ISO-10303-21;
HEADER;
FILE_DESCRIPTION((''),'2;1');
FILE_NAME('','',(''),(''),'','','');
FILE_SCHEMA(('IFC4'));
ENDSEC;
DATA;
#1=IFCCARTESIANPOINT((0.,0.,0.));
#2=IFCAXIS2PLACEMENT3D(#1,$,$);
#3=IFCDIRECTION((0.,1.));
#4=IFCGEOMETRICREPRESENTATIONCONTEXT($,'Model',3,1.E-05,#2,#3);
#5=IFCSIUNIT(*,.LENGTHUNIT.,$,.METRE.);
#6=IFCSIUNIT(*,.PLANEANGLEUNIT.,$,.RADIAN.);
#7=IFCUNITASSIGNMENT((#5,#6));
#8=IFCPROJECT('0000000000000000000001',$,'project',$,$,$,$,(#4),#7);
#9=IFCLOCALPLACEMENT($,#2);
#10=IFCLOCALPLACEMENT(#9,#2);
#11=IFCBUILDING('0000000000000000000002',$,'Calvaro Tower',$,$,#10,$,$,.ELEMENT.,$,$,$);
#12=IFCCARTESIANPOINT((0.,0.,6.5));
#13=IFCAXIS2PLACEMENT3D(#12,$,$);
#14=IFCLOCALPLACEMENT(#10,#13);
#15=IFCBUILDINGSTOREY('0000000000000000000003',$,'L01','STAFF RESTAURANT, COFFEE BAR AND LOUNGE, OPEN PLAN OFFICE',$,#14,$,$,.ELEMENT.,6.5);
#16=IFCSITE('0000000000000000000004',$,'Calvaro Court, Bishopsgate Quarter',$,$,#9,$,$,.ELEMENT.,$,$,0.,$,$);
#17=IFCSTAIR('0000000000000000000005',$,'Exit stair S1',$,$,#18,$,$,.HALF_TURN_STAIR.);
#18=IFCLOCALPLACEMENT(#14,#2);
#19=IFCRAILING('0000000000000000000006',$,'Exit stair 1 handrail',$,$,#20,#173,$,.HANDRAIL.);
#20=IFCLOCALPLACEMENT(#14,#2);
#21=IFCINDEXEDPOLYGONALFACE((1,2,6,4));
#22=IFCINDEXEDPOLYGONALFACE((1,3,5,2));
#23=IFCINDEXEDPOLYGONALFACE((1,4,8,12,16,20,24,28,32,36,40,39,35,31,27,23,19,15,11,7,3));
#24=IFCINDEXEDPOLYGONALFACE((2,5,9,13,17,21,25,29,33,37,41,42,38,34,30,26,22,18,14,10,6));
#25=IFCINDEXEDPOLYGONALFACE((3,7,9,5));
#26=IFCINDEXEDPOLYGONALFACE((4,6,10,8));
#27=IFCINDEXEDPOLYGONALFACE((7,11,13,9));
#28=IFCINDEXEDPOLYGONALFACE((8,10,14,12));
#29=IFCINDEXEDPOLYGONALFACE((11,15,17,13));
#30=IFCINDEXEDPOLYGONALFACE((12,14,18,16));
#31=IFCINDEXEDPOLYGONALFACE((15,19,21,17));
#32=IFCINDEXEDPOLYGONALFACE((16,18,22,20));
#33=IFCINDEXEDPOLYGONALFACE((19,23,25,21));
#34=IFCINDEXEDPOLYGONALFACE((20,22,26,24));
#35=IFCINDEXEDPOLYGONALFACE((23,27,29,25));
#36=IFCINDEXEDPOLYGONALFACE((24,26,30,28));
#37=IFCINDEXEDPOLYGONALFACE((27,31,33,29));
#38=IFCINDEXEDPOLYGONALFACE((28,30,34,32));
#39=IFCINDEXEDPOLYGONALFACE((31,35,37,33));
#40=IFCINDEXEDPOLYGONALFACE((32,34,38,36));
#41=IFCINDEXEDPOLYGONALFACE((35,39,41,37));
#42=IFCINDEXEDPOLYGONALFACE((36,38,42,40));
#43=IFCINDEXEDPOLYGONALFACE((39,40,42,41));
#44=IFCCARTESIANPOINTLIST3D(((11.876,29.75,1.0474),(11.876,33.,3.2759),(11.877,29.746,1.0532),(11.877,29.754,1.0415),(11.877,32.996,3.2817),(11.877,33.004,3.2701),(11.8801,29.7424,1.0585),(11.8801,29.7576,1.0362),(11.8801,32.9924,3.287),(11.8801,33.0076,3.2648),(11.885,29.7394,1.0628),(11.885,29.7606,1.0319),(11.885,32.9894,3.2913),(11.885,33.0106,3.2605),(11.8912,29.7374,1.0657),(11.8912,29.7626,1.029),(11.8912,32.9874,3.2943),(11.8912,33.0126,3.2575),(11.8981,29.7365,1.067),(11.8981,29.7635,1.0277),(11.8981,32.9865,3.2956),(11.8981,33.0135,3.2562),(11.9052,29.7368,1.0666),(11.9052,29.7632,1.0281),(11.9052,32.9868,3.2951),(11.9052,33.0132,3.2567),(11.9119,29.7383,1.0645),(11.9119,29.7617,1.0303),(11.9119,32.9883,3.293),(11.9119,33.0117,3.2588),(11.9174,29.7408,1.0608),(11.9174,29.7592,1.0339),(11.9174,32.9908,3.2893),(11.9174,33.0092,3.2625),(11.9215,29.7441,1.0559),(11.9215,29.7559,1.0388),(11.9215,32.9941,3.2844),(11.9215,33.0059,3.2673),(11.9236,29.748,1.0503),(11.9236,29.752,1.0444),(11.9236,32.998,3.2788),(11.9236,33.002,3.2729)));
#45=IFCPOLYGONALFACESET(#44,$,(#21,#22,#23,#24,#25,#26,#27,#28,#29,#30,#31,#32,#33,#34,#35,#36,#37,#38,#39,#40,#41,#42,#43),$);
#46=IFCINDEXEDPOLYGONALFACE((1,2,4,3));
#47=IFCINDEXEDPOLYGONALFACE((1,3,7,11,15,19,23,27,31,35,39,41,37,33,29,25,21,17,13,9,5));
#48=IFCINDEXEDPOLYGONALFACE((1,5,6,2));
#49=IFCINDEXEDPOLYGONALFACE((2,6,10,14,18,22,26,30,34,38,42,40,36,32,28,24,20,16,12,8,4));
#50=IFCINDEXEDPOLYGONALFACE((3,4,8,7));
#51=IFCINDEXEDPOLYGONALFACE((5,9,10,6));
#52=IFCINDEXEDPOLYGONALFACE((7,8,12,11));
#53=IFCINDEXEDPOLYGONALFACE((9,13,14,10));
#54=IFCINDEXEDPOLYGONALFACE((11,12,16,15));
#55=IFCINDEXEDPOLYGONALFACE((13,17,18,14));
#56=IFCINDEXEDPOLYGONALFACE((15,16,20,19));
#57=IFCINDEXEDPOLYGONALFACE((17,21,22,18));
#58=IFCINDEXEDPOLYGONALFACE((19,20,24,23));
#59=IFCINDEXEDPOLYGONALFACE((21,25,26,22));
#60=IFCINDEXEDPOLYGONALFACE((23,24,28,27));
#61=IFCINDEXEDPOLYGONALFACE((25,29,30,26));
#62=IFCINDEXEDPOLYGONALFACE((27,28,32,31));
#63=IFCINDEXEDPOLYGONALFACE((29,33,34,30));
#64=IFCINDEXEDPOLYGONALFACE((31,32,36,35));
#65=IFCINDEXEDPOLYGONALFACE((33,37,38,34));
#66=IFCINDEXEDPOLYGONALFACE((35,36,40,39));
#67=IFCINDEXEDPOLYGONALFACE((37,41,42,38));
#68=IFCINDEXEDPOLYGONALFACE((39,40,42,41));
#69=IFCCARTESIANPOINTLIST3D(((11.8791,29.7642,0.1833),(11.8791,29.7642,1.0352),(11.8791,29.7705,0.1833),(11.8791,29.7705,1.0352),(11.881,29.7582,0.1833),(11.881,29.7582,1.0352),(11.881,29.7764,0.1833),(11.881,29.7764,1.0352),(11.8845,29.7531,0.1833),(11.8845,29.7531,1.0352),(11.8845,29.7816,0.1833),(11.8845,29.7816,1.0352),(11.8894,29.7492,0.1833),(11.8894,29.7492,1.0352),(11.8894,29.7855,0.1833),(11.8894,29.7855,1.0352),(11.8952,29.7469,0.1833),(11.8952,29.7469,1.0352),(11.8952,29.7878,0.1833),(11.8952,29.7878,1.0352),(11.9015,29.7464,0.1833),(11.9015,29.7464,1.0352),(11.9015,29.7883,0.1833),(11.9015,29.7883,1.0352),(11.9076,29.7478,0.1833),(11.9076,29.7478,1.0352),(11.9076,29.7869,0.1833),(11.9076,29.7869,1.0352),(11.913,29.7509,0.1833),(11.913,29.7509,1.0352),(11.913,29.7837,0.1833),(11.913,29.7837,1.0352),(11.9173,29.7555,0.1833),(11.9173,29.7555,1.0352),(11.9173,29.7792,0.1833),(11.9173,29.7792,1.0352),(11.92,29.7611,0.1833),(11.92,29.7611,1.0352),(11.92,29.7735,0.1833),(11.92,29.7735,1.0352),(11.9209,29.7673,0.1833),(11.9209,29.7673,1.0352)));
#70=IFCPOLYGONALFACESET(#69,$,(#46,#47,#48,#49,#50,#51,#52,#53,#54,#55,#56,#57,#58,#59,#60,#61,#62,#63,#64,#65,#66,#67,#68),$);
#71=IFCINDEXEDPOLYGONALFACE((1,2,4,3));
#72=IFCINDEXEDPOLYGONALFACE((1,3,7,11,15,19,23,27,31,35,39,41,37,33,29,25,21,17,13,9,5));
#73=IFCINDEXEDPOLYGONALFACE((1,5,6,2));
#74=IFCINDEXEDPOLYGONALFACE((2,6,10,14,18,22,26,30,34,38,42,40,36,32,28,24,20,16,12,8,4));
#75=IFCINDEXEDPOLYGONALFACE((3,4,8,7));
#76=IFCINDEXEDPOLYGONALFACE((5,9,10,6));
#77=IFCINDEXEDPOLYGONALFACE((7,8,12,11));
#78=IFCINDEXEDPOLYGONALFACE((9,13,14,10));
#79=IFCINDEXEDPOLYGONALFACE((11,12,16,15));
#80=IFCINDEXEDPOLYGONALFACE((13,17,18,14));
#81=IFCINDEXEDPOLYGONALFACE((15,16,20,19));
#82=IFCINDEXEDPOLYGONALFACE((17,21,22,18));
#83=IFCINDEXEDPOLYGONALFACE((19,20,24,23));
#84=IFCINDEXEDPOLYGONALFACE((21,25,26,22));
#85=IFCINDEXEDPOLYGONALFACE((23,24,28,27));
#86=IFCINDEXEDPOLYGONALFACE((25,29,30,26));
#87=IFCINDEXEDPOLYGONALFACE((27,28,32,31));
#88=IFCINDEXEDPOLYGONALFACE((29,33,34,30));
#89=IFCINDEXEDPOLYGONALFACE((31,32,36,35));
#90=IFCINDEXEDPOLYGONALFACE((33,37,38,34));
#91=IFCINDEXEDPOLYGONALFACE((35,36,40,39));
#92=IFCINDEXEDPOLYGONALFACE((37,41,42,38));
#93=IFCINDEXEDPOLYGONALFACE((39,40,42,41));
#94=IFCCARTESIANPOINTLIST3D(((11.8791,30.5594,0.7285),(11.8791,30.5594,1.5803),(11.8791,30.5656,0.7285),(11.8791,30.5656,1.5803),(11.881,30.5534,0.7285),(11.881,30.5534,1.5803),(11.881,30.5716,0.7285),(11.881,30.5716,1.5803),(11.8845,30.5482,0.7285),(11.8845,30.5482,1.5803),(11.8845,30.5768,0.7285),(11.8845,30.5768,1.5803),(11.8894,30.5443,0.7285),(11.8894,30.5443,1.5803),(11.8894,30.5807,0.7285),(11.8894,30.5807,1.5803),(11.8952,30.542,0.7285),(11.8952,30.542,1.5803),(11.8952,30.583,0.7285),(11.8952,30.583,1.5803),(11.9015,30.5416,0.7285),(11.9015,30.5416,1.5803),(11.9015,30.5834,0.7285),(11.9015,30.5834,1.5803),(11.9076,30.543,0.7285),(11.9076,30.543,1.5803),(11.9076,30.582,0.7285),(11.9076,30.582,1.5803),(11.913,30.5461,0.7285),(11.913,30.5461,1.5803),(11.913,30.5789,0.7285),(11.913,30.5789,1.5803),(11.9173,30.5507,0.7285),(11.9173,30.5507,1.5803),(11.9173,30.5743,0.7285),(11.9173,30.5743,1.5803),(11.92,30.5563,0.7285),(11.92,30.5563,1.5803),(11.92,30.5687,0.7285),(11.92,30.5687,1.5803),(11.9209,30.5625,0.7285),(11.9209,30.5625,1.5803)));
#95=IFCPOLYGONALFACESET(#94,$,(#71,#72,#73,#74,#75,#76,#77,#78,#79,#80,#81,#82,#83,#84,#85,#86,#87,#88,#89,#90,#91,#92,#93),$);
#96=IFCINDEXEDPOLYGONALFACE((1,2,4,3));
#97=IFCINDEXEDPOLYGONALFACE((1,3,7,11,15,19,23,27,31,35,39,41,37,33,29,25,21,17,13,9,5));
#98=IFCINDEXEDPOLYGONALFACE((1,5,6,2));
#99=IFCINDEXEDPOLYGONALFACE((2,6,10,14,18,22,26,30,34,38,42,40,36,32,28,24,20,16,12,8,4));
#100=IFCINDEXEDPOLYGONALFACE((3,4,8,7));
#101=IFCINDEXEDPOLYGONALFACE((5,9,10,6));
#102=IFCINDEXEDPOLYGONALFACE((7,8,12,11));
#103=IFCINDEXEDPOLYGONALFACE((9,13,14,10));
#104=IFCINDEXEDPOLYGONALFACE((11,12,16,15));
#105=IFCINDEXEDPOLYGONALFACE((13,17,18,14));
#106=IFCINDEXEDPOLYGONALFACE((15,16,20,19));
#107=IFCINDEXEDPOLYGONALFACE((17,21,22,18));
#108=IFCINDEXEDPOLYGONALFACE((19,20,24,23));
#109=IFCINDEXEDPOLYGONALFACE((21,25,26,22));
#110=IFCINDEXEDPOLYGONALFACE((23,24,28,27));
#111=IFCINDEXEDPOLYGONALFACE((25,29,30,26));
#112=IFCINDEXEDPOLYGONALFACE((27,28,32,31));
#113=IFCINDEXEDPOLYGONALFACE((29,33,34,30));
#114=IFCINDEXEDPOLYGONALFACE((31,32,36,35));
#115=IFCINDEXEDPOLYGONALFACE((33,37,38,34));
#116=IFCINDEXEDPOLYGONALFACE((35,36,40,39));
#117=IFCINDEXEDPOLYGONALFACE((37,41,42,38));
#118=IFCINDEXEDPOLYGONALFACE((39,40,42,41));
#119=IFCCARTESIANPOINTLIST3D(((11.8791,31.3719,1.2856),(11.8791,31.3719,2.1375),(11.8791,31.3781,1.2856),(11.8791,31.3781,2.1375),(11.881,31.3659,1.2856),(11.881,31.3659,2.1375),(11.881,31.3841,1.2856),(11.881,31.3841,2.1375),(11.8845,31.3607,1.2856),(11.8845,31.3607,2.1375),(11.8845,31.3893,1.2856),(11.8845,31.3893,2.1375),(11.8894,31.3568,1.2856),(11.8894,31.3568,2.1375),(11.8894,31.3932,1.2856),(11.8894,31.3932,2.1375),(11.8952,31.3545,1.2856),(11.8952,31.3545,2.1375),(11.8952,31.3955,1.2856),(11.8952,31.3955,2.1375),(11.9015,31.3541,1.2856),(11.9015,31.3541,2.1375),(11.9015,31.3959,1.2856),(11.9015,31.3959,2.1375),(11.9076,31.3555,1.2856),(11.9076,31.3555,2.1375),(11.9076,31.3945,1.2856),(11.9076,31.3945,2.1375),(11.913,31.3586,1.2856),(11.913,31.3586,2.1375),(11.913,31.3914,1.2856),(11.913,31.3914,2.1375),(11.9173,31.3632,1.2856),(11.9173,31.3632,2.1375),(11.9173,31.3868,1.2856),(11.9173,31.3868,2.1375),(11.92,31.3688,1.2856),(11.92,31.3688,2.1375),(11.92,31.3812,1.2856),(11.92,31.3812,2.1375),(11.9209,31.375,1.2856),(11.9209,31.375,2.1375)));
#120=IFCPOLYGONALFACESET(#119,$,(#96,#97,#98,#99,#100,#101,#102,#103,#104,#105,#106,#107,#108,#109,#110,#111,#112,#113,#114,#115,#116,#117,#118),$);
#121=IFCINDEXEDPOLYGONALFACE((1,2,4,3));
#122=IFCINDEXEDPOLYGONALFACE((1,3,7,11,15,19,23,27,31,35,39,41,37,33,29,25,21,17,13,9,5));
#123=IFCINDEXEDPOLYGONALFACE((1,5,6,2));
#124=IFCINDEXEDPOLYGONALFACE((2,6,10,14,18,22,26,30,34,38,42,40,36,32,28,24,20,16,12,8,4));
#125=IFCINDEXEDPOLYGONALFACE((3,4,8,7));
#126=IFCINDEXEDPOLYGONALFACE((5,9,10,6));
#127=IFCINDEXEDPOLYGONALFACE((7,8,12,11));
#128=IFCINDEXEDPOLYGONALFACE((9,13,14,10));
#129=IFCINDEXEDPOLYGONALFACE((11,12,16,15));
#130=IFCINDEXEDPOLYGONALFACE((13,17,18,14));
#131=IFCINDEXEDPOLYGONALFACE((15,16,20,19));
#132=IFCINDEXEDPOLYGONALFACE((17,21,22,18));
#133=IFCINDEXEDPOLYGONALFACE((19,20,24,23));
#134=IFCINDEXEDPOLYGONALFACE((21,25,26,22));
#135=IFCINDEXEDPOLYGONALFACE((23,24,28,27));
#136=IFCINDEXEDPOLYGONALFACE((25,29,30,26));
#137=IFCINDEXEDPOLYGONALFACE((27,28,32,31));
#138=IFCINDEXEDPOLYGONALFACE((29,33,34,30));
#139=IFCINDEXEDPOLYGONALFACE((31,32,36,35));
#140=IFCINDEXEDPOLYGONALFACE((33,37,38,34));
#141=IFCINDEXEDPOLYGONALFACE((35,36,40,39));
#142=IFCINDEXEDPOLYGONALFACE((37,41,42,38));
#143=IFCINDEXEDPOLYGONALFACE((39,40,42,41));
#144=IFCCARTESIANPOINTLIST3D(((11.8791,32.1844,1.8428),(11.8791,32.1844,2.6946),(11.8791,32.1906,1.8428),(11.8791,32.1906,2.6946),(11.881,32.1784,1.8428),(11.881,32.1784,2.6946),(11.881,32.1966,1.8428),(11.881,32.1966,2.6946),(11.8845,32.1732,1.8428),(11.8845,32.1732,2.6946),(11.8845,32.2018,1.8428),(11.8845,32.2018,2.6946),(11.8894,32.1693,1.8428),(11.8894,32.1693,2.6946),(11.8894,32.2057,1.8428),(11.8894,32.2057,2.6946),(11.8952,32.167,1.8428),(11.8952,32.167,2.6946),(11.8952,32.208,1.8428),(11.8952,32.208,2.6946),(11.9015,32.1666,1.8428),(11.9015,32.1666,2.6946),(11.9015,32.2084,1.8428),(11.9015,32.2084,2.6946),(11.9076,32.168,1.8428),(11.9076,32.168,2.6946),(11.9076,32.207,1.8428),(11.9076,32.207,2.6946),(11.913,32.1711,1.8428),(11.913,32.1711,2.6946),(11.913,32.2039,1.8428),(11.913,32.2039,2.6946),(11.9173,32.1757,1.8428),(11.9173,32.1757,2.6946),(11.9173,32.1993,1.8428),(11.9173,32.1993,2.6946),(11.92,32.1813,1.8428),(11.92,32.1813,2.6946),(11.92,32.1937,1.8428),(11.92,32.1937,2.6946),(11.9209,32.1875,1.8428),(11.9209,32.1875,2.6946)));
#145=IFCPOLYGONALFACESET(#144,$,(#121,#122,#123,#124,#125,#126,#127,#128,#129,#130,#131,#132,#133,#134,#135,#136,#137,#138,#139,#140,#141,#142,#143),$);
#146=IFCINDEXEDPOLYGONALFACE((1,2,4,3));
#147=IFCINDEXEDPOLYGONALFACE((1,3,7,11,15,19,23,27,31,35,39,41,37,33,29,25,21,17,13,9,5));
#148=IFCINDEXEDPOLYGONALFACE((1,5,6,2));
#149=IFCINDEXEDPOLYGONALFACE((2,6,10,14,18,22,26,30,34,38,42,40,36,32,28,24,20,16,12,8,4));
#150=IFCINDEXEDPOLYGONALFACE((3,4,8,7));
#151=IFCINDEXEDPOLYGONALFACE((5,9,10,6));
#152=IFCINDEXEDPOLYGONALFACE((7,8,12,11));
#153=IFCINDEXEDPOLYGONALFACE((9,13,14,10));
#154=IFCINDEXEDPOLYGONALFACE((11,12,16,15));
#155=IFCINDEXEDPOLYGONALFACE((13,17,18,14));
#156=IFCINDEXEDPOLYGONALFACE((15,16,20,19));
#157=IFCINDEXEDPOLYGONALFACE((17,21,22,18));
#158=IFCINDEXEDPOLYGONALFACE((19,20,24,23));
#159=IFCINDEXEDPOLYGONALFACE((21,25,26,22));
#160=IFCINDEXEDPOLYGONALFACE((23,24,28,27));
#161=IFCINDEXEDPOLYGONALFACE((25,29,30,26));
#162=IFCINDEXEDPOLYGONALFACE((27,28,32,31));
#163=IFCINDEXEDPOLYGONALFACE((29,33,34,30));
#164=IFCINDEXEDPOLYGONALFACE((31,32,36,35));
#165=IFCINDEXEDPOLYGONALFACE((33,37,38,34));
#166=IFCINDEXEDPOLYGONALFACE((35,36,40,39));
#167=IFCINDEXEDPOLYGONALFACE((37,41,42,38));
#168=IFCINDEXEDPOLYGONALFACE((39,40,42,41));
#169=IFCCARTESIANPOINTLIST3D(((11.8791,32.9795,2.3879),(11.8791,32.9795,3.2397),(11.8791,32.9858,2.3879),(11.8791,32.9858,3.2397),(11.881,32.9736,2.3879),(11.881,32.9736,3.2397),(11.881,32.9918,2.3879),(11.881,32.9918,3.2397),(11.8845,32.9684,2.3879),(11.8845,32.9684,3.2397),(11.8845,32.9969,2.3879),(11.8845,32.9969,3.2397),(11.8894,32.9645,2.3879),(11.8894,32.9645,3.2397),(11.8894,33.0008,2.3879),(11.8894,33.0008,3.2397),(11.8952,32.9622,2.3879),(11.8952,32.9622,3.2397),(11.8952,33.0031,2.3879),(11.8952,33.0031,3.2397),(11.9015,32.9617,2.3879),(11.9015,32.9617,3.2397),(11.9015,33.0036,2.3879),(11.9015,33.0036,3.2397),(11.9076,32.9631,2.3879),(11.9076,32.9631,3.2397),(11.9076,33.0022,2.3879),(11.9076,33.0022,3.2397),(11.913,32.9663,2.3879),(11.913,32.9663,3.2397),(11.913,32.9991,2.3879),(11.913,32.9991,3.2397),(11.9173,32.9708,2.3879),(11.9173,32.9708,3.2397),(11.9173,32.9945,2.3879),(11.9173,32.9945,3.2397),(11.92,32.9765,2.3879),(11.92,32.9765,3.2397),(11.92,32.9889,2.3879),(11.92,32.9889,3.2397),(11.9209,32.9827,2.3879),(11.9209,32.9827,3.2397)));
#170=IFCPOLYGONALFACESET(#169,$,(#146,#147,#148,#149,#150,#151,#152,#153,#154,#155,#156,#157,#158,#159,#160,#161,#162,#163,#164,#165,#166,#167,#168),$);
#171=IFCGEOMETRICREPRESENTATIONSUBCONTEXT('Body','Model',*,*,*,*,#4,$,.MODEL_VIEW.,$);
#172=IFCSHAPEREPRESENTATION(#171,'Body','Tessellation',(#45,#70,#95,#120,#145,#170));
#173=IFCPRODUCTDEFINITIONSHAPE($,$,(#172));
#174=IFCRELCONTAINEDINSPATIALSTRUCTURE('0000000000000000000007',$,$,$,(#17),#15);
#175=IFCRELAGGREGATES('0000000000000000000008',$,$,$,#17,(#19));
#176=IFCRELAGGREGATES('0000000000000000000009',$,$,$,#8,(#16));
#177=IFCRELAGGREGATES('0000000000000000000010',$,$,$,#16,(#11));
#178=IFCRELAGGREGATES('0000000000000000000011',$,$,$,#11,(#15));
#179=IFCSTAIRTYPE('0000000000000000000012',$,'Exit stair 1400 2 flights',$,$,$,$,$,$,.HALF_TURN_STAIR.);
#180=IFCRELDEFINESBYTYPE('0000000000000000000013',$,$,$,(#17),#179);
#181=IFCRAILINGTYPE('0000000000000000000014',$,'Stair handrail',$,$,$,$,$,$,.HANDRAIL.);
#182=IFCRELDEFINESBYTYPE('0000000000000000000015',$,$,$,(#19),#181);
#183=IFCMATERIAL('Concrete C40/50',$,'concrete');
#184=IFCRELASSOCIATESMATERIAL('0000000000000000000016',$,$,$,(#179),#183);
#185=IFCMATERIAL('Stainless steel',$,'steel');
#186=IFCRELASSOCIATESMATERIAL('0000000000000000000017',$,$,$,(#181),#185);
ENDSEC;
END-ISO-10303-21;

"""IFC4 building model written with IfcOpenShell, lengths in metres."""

from ifc_helpers import new_model, si_unit, direction, frame, origin, origin_2d, place, context, subcontext, project, spatial, circle, extrude, material, type_object, element, aggregate, save


model = new_model("IFC4")

# Units and contexts
model_context = context("Model", 3, precision=1e-05, world=origin(), true_north=direction((0.0, 1.0)))
body_context = subcontext(model_context, "Body", "Model", "MODEL_VIEW")
ifc_project = project(units=[si_unit("LENGTHUNIT", "METRE"), si_unit("PLANEANGLEUNIT", "RADIAN")], contexts=[model_context])

# Site, building, storey
site_placement = place(None, origin())
site = spatial("IfcSite", under=ifc_project, at=site_placement, Name="Calvaro Court, Bishopsgate Quarter", CompositionType="ELEMENT", RefElevation=0.0)
building_placement = place(site_placement, origin())
building = spatial("IfcBuilding", under=site, at=building_placement, Name="Calvaro Tower", CompositionType="ELEMENT")
storey_placement = place(building_placement, frame((0.0, 0.0, 6.5)))
storey = spatial("IfcBuildingStorey", under=building, at=storey_placement, Name="L01", Description="STAFF RESTAURANT, COFFEE BAR AND LOUNGE, OPEN PLAN OFFICE", CompositionType="ELEMENT", Elevation=6.5)

# Stair, railing
ifc_material_1 = material(Name="Concrete C40/50", Category="concrete")
stair_type = type_object("IfcStairType", Name="Exit stair 1400 2 flights", PredefinedType="HALF_TURN_STAIR", material=ifc_material_1)
stair_placement = place(storey_placement, origin())
stair = element("IfcStair", 1, at=stair_placement, inside=storey, type_object=stair_type, Name="Exit stair S1", PredefinedType="HALF_TURN_STAIR")
ifc_material_2 = material(Name="Stainless steel", Category="steel")
railing_type = type_object("IfcRailingType", Name="Stair handrail", PredefinedType="HANDRAIL", material=ifc_material_2)
railing_1_placement = place(storey_placement, frame((11.8999, 29.75, 0.1714)))
railing_1 = element("IfcRailing", 2, at=railing_1_placement, type_object=railing_type, Name="Exit stair 1 handrail", PredefinedType="HANDRAIL", context=body_context, shape_type="SweptSolid", body=[
    extrude(circle(Radius=0.0239, at=origin_2d()), frame((0.0, 0.0, 0.876), z_axis=(0.0, 0.824735, 0.565519), x_axis=(-1.0, 0.0, 0.0)), (0.0, 0.0, 1.0), 3.9407),
    extrude(circle(Radius=0.021, at=origin_2d()), frame((0.0, 0.0173, 0.012)), (0.0, 0.0, 1.0), 0.8518),
    extrude(circle(Radius=0.021, at=origin_2d()), frame((0.0, 0.8125, 0.5571)), (0.0, 0.0, 1.0), 0.8518),
    extrude(circle(Radius=0.021, at=origin_2d()), frame((0.0, 1.625, 1.1143)), (0.0, 0.0, 1.0), 0.8518),
    extrude(circle(Radius=0.021, at=origin_2d()), frame((0.0, 2.4375, 1.6714)), (0.0, 0.0, 1.0), 0.8518),
    extrude(circle(Radius=0.021, at=origin_2d()), frame((0.0, 3.2327, 2.2166)), (0.0, 0.0, 1.0), 0.8518),
])
aggregate(stair, [railing_1])

save(model, "model.ifc")
